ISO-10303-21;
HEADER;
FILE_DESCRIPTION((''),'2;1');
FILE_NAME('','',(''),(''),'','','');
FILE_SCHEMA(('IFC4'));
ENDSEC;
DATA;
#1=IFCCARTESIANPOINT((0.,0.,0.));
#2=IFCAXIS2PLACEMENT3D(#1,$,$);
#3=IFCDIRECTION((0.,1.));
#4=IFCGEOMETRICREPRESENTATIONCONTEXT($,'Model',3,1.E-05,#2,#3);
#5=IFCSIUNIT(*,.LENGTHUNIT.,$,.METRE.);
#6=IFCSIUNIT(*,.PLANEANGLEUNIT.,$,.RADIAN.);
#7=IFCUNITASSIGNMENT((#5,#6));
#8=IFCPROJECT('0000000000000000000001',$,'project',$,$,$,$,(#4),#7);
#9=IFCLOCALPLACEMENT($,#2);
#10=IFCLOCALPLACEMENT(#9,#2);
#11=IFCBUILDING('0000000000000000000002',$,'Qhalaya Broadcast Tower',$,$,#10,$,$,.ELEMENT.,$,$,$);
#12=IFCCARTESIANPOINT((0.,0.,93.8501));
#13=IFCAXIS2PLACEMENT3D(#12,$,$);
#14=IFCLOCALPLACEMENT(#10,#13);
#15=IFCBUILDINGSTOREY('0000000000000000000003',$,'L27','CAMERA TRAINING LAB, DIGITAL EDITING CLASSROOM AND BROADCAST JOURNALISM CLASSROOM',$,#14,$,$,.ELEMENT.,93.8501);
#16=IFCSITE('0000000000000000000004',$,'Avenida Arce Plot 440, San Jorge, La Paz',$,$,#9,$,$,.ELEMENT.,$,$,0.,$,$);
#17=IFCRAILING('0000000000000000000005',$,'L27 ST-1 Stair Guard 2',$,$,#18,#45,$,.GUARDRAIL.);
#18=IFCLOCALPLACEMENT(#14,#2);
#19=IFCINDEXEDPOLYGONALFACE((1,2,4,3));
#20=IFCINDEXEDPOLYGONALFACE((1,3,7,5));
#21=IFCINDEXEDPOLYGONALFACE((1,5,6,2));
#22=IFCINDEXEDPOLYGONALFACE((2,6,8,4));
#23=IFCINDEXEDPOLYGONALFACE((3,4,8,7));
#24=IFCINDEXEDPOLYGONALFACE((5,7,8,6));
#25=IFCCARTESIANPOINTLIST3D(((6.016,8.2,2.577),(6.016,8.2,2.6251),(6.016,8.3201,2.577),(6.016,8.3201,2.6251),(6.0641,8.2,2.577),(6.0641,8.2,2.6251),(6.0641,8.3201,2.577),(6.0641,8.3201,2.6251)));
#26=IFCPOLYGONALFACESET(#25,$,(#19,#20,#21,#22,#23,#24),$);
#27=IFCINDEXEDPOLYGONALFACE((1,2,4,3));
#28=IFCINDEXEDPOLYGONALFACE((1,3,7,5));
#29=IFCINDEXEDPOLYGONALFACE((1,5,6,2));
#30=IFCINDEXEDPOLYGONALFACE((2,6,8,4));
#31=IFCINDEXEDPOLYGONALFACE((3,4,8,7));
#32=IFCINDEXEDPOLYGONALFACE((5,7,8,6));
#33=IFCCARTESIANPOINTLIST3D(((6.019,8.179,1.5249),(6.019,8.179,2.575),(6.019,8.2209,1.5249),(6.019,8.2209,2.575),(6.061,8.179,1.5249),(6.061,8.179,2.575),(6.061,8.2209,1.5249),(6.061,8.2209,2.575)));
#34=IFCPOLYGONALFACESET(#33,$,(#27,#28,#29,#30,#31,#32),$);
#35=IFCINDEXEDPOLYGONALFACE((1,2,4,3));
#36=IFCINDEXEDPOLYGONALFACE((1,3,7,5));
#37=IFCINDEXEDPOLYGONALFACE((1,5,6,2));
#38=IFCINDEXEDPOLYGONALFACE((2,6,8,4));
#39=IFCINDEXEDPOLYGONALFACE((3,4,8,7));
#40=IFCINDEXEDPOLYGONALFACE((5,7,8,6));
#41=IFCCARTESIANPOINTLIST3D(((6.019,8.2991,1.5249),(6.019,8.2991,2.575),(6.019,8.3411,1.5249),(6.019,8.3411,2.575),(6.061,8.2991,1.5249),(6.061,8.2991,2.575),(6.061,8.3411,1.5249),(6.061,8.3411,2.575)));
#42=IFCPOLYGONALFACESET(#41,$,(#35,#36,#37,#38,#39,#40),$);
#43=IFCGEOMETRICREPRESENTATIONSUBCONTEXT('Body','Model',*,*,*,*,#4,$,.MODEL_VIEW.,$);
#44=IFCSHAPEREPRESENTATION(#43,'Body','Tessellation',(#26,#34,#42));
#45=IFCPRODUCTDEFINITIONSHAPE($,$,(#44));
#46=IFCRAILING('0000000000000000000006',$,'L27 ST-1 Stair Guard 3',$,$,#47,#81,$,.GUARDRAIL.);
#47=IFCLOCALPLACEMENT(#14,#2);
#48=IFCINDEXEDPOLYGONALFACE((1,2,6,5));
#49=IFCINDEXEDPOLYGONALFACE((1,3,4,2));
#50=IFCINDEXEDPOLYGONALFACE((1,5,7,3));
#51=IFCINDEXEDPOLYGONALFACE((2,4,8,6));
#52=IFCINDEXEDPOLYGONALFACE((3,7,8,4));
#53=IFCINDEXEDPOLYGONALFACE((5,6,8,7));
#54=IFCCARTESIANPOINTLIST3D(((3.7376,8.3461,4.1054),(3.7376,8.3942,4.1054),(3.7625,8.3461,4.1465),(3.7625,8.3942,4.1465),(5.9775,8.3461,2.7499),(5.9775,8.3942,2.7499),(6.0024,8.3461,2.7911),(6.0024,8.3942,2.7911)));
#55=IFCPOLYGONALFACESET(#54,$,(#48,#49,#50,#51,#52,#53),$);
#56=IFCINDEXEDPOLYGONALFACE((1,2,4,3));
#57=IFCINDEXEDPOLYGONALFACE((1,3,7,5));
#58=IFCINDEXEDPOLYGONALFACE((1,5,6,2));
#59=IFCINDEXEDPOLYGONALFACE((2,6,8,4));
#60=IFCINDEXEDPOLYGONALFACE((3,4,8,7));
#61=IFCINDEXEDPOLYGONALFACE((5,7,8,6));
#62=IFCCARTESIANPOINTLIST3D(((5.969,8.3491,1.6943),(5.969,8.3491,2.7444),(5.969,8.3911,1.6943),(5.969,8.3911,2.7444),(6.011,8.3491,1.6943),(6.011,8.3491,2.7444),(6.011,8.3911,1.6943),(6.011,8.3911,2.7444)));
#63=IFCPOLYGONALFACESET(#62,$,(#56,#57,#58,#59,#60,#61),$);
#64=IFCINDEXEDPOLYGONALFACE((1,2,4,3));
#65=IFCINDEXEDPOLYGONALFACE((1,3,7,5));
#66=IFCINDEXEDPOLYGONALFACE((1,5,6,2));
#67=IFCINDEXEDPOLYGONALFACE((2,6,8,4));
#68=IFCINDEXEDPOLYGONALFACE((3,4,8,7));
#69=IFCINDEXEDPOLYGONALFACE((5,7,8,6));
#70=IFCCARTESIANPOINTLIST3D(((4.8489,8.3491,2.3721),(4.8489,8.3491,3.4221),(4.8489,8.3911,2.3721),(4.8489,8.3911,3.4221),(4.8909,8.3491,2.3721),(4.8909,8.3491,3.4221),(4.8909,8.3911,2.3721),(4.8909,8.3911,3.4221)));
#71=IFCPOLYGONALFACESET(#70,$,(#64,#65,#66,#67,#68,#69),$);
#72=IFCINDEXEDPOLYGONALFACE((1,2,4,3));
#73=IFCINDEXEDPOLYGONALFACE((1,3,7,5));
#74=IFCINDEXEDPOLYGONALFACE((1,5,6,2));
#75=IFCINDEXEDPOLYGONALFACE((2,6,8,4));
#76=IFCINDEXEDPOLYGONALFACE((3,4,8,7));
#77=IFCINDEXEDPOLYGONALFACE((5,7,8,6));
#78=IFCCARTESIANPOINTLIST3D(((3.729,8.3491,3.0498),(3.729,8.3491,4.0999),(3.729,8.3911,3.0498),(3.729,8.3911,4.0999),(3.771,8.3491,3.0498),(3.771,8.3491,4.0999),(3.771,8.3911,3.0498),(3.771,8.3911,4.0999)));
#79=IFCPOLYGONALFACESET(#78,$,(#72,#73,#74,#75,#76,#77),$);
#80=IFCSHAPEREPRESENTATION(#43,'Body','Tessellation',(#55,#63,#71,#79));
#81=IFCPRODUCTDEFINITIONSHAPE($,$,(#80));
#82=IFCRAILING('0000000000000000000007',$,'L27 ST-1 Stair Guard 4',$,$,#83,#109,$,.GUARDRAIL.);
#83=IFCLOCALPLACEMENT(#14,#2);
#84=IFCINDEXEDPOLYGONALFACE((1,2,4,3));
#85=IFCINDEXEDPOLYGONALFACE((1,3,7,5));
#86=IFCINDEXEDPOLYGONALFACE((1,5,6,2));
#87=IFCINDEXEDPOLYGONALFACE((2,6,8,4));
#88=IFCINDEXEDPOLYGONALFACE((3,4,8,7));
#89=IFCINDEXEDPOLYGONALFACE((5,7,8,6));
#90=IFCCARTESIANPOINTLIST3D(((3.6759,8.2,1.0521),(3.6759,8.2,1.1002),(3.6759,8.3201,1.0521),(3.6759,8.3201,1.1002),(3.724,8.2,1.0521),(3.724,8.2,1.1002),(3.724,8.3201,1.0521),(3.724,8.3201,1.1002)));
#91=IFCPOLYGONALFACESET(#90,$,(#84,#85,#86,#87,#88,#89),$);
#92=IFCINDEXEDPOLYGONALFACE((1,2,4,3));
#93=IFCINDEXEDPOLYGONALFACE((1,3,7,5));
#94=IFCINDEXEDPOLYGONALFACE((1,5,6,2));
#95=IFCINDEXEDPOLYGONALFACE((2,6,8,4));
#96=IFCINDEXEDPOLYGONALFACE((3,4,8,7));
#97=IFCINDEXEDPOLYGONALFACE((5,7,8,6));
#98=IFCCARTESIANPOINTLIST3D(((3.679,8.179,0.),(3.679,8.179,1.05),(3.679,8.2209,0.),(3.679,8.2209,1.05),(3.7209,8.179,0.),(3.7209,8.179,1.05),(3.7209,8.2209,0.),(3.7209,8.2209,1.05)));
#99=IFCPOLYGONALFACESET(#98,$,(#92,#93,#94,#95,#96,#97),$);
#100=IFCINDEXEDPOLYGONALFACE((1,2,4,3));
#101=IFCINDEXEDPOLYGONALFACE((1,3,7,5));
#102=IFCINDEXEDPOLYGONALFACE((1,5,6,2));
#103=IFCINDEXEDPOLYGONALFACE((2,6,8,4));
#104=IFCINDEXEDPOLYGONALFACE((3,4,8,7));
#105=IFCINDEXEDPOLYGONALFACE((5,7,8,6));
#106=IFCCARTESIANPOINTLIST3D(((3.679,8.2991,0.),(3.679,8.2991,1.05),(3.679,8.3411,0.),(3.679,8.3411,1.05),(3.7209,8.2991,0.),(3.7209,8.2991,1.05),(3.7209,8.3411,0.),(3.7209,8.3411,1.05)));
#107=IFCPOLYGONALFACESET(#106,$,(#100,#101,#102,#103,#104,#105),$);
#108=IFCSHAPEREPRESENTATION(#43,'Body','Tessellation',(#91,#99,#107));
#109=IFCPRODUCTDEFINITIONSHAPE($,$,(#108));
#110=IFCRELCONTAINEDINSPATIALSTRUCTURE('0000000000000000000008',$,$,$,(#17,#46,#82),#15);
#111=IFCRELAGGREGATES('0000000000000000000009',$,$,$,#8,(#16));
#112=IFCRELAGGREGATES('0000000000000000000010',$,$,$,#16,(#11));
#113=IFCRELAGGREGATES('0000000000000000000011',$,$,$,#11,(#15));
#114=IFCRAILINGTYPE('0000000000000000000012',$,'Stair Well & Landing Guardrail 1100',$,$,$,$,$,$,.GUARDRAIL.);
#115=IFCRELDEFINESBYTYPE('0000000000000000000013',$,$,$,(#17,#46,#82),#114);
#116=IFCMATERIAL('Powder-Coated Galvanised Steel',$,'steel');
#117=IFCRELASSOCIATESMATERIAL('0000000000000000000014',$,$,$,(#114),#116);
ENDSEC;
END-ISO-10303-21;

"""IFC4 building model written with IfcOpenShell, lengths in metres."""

from ifc_helpers import new_model, si_unit, direction, frame, origin, origin_2d, place, context, subcontext, project, spatial, rectangle, extrude, material, type_object, element, save


model = new_model("IFC4")

# Units and contexts
model_context = context("Model", 3, precision=1e-05, world=origin(), true_north=direction((0.0, 1.0)))
body_context = subcontext(model_context, "Body", "Model", "MODEL_VIEW")
ifc_project = project(units=[si_unit("LENGTHUNIT", "METRE"), si_unit("PLANEANGLEUNIT", "RADIAN")], contexts=[model_context])

# Site, building, storey
site_placement = place(None, origin())
site = spatial("IfcSite", under=ifc_project, at=site_placement, Name="Avenida Arce Plot 440, San Jorge, La Paz", CompositionType="ELEMENT", RefElevation=0.0)
building_placement = place(site_placement, origin())
building = spatial("IfcBuilding", under=site, at=building_placement, Name="Qhalaya Broadcast Tower", CompositionType="ELEMENT")
storey_placement = place(building_placement, frame((0.0, 0.0, 93.8501)))
storey = spatial("IfcBuildingStorey", under=building, at=storey_placement, Name="L27", Description="CAMERA TRAINING LAB, DIGITAL EDITING CLASSROOM AND BROADCAST JOURNALISM CLASSROOM", CompositionType="ELEMENT", Elevation=93.8501)

# Railings
ifc_material_1 = material(Name="Powder-Coated Galvanised Steel", Category="steel")
railing_type_1 = type_object("IfcRailingType", Name="Stair Well & Landing Guardrail 1100", PredefinedType="GUARDRAIL", material=ifc_material_1)
railing_1_placement = place(storey_placement, frame((6.04, 8.2, 1.5249)))
element("IfcRailing", 1, at=railing_1_placement, inside=storey, type_object=railing_type_1, Name="L27 ST-1 Stair Guard 2", PredefinedType="GUARDRAIL", context=body_context, shape_type="SweptSolid", body=[
    extrude(rectangle(XDim=0.0481, YDim=0.0481, at=origin_2d()), frame((0.0, 0.0, 1.0762), z_axis=(0.0, 1.0, 0.0), x_axis=(-1.0, 0.0, 0.0)), (0.0, 0.0, 1.0), 0.1201),
    extrude(rectangle(XDim=0.042, YDim=0.042, at=origin_2d()), origin(), (0.0, 0.0, 1.0), 1.05),
    extrude(rectangle(XDim=0.042, YDim=0.042, at=origin_2d()), frame((0.0, 0.1201, 0.0)), (0.0, 0.0, 1.0), 1.05),
])
railing_2_placement = place(storey_placement, frame((5.99, 8.3701, 1.6943)))
element("IfcRailing", 2, at=railing_2_placement, inside=storey, type_object=railing_type_1, Name="L27 ST-1 Stair Guard 3", PredefinedType="GUARDRAIL", context=body_context, shape_type="SweptSolid", body=[
    extrude(rectangle(XDim=0.0481, YDim=0.0481, at=origin_2d()), frame((0.0, 0.0, 1.0762), z_axis=(-0.855553, 0.0, 0.517715), x_axis=(0.0, -1.0, 0.0)), (0.0, 0.0, 1.0), 2.6182),
    extrude(rectangle(XDim=0.042, YDim=0.042, at=origin_2d()), origin(), (0.0, 0.0, 1.0), 1.05),
    extrude(rectangle(XDim=0.042, YDim=0.042, at=origin_2d()), frame((-1.1201, 0.0, 0.6777)), (0.0, 0.0, 1.0), 1.05),
    extrude(rectangle(XDim=0.042, YDim=0.042, at=origin_2d()), frame((-2.24, 0.0, 1.3555)), (0.0, 0.0, 1.0), 1.05),
])
railing_3_placement = place(storey_placement, frame((3.7, 8.2, 0.0)))
element("IfcRailing", 3, at=railing_3_placement, inside=storey, type_object=railing_type_1, Name="L27 ST-1 Stair Guard 4", PredefinedType="GUARDRAIL", context=body_context, shape_type="SweptSolid", body=[
    extrude(rectangle(XDim=0.0481, YDim=0.0481, at=origin_2d()), frame((0.0, 0.0, 1.0762), z_axis=(0.0, 1.0, 0.0), x_axis=(-1.0, 0.0, 0.0)), (0.0, 0.0, 1.0), 0.1201),
    extrude(rectangle(XDim=0.042, YDim=0.042, at=origin_2d()), origin(), (0.0, 0.0, 1.0), 1.05),
    extrude(rectangle(XDim=0.042, YDim=0.042, at=origin_2d()), frame((0.0, 0.1201, 0.0)), (0.0, 0.0, 1.0), 1.05),
])

save(model, "model.ifc")
